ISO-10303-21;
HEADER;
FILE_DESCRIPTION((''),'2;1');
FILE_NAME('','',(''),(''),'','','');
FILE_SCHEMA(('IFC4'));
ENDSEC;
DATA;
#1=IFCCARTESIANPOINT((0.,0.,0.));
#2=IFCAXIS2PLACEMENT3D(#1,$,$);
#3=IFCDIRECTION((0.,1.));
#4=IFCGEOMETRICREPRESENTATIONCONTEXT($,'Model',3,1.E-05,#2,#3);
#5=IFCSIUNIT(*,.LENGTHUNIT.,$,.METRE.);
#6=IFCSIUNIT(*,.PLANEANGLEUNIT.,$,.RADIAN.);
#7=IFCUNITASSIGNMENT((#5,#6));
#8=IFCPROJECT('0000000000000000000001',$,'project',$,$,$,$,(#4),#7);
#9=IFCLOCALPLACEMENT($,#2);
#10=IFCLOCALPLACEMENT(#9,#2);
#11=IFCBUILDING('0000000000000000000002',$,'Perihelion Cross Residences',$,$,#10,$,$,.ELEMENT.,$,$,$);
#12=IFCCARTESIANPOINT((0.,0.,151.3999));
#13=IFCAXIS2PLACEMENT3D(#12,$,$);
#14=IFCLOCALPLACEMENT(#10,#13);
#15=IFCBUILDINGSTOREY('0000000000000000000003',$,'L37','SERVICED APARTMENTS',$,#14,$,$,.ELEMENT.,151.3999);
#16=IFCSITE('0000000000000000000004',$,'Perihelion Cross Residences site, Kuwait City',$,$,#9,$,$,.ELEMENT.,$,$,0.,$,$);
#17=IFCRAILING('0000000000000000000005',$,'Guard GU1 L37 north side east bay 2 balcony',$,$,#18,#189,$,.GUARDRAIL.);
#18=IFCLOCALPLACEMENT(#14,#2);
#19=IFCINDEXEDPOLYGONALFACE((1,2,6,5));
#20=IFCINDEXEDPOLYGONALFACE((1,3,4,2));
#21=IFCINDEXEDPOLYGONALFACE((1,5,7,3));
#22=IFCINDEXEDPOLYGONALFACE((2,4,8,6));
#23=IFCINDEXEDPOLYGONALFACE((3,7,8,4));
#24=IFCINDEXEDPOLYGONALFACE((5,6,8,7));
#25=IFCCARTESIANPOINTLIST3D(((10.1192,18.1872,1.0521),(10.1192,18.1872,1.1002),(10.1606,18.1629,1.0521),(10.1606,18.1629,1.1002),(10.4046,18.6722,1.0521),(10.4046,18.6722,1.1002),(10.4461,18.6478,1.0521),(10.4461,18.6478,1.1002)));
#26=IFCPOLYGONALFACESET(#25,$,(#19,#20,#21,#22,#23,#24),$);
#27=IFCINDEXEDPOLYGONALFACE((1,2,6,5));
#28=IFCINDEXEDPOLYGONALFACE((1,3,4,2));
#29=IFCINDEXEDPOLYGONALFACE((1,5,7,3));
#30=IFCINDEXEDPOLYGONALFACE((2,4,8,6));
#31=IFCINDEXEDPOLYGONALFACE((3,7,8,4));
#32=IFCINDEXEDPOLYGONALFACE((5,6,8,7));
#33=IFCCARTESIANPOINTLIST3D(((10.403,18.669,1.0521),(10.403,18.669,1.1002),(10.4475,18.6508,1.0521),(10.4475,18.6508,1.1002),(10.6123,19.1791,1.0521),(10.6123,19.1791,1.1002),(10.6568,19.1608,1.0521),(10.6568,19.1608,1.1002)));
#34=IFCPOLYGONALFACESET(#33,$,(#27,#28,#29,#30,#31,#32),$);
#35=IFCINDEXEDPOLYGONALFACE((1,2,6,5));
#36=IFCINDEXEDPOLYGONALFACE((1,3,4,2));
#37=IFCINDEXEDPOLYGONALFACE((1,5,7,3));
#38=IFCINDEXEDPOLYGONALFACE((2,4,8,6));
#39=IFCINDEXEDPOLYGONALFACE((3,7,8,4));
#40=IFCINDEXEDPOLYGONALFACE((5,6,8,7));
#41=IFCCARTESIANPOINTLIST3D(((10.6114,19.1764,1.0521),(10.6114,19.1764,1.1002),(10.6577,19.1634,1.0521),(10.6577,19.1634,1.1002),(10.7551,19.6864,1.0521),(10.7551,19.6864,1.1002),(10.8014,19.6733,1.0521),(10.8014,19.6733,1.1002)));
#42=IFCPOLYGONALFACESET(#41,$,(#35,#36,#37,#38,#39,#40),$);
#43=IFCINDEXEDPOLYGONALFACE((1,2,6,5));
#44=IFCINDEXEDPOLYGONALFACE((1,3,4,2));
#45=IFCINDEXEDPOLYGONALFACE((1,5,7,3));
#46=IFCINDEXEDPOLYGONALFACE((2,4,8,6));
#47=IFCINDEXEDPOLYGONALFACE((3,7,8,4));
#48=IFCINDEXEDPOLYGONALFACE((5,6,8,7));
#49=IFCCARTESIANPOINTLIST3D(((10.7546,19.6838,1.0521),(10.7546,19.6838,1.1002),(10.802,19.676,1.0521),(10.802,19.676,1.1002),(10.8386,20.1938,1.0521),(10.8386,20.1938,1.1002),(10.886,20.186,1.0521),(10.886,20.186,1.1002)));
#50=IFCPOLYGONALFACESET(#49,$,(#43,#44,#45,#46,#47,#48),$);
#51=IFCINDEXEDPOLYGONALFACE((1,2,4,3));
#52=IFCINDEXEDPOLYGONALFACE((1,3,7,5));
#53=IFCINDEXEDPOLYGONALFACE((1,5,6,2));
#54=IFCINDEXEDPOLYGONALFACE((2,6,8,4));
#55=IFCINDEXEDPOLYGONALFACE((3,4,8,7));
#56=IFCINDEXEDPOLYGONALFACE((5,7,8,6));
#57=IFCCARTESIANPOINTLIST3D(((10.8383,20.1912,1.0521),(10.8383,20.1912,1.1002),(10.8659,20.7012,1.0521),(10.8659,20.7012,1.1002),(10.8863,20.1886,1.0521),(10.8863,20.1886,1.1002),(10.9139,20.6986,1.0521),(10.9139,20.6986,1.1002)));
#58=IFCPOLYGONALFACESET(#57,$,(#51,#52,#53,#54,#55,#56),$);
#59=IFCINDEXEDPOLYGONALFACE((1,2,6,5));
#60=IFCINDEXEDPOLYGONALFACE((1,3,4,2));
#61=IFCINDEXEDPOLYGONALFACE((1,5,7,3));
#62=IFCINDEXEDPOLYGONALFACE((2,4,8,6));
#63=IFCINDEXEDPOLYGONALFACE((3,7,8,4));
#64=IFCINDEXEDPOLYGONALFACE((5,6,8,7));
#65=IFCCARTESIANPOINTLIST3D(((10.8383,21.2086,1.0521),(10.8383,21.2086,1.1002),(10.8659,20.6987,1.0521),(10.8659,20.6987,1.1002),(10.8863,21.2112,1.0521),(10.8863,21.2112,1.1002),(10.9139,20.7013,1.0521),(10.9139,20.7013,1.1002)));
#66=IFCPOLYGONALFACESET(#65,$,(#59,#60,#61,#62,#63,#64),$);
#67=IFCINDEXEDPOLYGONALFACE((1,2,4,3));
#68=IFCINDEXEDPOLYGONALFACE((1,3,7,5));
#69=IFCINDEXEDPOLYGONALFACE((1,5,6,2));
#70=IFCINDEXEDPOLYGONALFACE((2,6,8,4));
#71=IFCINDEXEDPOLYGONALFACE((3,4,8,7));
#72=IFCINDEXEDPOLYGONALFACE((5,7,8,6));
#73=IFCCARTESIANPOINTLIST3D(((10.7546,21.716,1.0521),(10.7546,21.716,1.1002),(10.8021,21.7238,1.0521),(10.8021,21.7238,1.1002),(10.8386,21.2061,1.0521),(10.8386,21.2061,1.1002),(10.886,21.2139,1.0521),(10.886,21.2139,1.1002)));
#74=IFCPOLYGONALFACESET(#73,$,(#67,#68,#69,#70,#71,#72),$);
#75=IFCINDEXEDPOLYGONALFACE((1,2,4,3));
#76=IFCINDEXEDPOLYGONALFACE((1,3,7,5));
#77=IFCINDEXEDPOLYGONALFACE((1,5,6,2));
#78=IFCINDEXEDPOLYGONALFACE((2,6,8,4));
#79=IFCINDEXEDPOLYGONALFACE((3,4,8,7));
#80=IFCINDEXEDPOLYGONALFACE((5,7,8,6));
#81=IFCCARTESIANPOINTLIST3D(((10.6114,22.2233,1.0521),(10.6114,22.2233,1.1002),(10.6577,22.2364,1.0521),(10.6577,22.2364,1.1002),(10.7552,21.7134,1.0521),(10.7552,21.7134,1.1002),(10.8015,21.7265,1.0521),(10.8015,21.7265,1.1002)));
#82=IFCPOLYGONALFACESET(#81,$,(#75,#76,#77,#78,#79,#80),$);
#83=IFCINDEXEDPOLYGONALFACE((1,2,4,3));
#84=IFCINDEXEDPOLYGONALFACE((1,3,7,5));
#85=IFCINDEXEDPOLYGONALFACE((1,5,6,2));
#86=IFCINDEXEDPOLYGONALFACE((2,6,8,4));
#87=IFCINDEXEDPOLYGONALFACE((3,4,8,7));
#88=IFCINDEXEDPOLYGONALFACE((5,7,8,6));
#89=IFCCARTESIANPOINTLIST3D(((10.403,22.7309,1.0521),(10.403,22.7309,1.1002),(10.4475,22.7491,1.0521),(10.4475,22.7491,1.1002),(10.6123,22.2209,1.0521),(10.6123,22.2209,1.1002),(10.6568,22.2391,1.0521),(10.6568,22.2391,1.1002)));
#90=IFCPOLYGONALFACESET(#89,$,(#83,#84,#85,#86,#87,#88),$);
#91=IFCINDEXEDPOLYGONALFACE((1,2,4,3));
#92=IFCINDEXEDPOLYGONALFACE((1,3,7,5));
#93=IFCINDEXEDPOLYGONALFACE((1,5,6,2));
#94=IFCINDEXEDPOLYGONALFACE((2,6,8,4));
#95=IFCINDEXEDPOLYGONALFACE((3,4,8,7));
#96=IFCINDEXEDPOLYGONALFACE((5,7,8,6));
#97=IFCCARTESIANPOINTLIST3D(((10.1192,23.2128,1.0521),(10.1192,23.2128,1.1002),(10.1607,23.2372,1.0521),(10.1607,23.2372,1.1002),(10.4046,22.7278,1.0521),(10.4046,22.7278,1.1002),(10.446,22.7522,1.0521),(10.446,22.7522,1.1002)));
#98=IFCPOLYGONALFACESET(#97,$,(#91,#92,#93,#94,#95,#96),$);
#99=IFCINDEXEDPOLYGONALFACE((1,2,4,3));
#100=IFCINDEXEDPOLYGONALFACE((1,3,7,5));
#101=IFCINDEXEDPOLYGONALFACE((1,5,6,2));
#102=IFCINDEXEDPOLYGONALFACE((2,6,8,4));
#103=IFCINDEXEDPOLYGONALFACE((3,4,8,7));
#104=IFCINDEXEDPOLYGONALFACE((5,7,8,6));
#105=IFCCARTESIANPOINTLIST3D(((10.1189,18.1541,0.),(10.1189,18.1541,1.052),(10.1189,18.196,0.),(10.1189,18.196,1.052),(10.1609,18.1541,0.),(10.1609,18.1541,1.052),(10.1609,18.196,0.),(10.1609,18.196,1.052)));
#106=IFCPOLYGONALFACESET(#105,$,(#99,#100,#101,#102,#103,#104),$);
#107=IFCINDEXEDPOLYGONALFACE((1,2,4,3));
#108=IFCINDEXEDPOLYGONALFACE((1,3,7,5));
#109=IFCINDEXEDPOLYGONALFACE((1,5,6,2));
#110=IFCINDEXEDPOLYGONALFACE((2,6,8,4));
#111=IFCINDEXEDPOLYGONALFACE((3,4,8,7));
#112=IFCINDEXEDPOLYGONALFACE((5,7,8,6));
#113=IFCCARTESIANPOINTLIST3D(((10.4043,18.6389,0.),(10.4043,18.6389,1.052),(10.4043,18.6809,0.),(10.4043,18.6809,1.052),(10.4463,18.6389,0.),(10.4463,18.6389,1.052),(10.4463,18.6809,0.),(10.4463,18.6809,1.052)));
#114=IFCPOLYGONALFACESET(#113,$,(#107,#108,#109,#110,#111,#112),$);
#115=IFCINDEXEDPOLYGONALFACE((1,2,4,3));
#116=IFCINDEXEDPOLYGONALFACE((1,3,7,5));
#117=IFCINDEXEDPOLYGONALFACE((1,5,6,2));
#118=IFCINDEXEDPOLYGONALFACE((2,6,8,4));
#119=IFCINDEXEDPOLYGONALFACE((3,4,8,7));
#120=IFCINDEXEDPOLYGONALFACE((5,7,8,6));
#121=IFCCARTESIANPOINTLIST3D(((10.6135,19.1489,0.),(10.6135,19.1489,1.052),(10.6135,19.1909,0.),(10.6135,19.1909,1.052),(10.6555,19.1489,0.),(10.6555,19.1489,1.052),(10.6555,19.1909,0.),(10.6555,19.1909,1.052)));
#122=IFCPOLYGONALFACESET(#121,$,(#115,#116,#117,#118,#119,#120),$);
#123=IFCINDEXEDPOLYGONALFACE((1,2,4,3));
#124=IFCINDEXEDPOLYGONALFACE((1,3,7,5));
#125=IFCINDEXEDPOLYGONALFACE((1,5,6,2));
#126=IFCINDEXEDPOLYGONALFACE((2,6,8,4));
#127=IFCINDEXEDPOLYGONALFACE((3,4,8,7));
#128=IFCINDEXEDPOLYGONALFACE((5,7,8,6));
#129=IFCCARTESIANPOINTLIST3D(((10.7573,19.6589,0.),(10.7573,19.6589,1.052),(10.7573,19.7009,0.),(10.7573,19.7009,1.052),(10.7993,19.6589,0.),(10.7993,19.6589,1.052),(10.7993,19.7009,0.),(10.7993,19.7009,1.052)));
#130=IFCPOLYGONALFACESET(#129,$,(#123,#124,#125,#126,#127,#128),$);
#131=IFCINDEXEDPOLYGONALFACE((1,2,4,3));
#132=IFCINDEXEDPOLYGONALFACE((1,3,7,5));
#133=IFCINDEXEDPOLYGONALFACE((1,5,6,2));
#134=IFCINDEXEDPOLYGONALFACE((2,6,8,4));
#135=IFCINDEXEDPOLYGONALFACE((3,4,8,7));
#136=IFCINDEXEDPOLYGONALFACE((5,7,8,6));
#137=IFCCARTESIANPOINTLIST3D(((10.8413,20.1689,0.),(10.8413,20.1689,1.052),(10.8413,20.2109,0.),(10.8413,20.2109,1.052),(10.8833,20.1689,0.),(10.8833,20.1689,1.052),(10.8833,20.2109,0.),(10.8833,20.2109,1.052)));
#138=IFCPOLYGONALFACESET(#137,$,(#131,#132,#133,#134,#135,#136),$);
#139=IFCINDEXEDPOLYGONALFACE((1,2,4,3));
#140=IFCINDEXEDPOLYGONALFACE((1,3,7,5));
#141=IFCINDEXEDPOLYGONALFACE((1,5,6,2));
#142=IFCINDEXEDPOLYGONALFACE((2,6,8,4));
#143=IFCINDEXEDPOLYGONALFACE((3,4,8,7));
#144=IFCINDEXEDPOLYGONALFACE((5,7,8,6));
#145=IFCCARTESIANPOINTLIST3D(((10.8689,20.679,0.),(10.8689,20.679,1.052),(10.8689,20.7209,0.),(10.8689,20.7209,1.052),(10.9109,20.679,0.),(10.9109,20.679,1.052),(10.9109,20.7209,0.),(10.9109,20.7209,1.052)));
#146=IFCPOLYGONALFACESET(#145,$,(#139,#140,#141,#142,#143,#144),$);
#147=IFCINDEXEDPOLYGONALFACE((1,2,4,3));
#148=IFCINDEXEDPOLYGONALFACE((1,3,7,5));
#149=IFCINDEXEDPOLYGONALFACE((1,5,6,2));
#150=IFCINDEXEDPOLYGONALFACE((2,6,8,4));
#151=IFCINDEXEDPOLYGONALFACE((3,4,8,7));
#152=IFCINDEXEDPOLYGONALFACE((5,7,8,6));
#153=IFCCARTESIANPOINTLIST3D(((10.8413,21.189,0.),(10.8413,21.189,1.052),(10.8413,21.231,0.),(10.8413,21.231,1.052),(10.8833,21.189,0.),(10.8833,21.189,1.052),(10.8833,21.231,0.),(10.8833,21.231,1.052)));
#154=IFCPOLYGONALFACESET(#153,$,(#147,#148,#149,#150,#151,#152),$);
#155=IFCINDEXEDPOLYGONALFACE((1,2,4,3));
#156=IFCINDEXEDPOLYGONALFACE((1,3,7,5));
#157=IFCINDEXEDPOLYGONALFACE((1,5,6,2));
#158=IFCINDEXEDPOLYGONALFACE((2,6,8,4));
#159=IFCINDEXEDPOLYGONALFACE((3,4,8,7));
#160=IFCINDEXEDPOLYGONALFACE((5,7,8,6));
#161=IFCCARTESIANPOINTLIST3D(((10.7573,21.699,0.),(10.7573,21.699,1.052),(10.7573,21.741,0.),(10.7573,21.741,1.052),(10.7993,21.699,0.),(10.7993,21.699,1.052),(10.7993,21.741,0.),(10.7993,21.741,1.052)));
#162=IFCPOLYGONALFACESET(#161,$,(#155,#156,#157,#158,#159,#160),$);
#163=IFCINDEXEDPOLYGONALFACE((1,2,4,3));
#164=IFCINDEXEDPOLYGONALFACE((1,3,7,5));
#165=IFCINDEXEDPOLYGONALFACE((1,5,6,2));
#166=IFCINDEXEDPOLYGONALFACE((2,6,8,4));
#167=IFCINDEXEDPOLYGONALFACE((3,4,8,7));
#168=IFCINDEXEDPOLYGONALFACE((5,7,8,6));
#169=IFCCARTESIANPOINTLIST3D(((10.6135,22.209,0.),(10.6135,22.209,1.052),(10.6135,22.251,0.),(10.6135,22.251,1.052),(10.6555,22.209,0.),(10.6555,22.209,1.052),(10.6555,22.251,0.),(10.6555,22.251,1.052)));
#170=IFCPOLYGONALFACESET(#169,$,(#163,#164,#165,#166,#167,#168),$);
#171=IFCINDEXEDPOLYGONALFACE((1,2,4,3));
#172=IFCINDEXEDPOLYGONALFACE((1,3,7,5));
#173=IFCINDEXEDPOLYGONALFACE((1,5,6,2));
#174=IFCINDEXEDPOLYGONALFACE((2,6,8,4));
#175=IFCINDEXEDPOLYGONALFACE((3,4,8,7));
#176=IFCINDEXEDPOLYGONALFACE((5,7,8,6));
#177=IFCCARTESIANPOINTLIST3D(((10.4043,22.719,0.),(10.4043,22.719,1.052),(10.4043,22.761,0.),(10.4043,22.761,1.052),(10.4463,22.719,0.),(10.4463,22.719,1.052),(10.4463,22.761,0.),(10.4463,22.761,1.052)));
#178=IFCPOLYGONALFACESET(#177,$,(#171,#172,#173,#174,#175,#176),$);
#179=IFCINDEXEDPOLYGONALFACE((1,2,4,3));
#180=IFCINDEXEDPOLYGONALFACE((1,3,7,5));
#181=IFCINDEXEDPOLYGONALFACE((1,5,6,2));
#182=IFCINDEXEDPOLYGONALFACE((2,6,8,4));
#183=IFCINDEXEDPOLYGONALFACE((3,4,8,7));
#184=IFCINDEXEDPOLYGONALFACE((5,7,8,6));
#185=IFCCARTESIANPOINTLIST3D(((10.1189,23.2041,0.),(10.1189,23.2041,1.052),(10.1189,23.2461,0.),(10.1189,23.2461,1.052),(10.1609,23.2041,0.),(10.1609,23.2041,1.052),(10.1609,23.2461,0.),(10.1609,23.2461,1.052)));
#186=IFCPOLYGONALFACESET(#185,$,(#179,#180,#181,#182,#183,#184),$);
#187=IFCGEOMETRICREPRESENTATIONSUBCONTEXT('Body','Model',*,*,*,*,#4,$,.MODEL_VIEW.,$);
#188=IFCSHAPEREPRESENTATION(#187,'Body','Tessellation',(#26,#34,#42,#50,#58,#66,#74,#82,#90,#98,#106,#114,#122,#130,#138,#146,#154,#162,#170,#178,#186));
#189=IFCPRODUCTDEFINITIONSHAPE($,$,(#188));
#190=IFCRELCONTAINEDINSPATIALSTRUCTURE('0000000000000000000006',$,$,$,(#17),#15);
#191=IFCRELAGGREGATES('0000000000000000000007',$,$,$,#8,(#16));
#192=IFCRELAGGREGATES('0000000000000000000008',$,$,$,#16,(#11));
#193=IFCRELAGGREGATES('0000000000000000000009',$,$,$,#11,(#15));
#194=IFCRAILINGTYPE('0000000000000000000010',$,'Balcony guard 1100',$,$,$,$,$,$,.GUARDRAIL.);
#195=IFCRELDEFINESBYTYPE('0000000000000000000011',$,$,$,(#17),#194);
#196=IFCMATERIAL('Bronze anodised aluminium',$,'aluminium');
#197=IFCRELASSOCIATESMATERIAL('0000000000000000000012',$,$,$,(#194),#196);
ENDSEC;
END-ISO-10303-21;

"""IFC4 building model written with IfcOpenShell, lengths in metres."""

from ifc_helpers import new_model, si_unit, direction, frame, origin, origin_2d, place, context, subcontext, project, spatial, rectangle, extrude, material, type_object, element, save


model = new_model("IFC4")

# Units and contexts
model_context = context("Model", 3, precision=1e-05, world=origin(), true_north=direction((0.0, 1.0)))
body_context = subcontext(model_context, "Body", "Model", "MODEL_VIEW")
ifc_project = project(units=[si_unit("LENGTHUNIT", "METRE"), si_unit("PLANEANGLEUNIT", "RADIAN")], contexts=[model_context])

# Site, building, storey
site_placement = place(None, origin())
site = spatial("IfcSite", under=ifc_project, at=site_placement, Name="Perihelion Cross Residences site, Kuwait City", CompositionType="ELEMENT", RefElevation=0.0)
building_placement = place(site_placement, origin())
building = spatial("IfcBuilding", under=site, at=building_placement, Name="Perihelion Cross Residences", CompositionType="ELEMENT")
storey_placement = place(building_placement, frame((0.0, 0.0, 151.3999)))
storey = spatial("IfcBuildingStorey", under=building, at=storey_placement, Name="L37", Description="SERVICED APARTMENTS", CompositionType="ELEMENT", Elevation=151.3999)

# Railing
ifc_material_1 = material(Name="Bronze anodised aluminium", Category="aluminium")
railing_type = type_object("IfcRailingType", Name="Balcony guard 1100", PredefinedType="GUARDRAIL", material=ifc_material_1)
railing_1_placement = place(storey_placement, frame((10.1399, 18.175, 0.0)))
element("IfcRailing", 1, at=railing_1_placement, inside=storey, type_object=railing_type, Name="Guard GU1 L37 north side east bay 2 balcony", PredefinedType="GUARDRAIL", context=body_context, shape_type="SweptSolid", body=[
    extrude(rectangle(XDim=0.0481, YDim=0.0481, at=origin_2d()), frame((0.0, 0.0, 1.0762), z_axis=(0.507267, 0.861789, 0.0), x_axis=(-0.861789, 0.507267, 0.0)), (0.0, 0.0, 1.0), 0.5627),
    extrude(rectangle(XDim=0.0481, YDim=0.0481, at=origin_2d()), frame((0.2854, 0.4849, 1.0762), z_axis=(0.379547, 0.925173, 0.0), x_axis=(-0.925173, 0.379547, 0.0)), (0.0, 0.0, 1.0), 0.5513),
    extrude(rectangle(XDim=0.0481, YDim=0.0481, at=origin_2d()), frame((0.4946, 0.9949, 1.0762), z_axis=(0.271373, 0.962474, 0.0), x_axis=(-0.962474, 0.271373, 0.0)), (0.0, 0.0, 1.0), 0.5298),
    extrude(rectangle(XDim=0.0481, YDim=0.0481, at=origin_2d()), frame((0.6384, 1.5049, 1.0762), z_axis=(0.162484, 0.986711, 0.0), x_axis=(-0.986711, 0.162484, 0.0)), (0.0, 0.0, 1.0), 0.5168),
    extrude(rectangle(XDim=0.0481, YDim=0.0481, at=origin_2d()), frame((0.7224, 2.0149, 1.0762), z_axis=(0.054014, 0.99854, 0.0), x_axis=(-0.99854, 0.054014, 0.0)), (0.0, 0.0, 1.0), 0.5107),
    extrude(rectangle(XDim=0.0481, YDim=0.0481, at=origin_2d()), frame((0.75, 2.5249, 1.0762), z_axis=(-0.054014, 0.99854, 0.0), x_axis=(-0.99854, -0.054014, 0.0)), (0.0, 0.0, 1.0), 0.5107),
    extrude(rectangle(XDim=0.0481, YDim=0.0481, at=origin_2d()), frame((0.7224, 3.0349, 1.0762), z_axis=(-0.162484, 0.986711, 0.0), x_axis=(-0.986711, -0.162484, 0.0)), (0.0, 0.0, 1.0), 0.5168),
    extrude(rectangle(XDim=0.0481, YDim=0.0481, at=origin_2d()), frame((0.6384, 3.5449, 1.0762), z_axis=(-0.271373, 0.962474, 0.0), x_axis=(-0.962474, -0.271373, 0.0)), (0.0, 0.0, 1.0), 0.5298),
    extrude(rectangle(XDim=0.0481, YDim=0.0481, at=origin_2d()), frame((0.4946, 4.0549, 1.0762), z_axis=(-0.379547, 0.925173, 0.0), x_axis=(-0.925173, -0.379547, 0.0)), (0.0, 0.0, 1.0), 0.5513),
    extrude(rectangle(XDim=0.0481, YDim=0.0481, at=origin_2d()), frame((0.2854, 4.5649, 1.0762), z_axis=(-0.507077, 0.861901, 0.0), x_axis=(-0.861901, -0.507077, 0.0)), (0.0, 0.0, 1.0), 0.5627),
    extrude(rectangle(XDim=0.042, YDim=0.042, at=origin_2d()), origin(), (0.0, 0.0, 1.0), 1.052),
    extrude(rectangle(XDim=0.042, YDim=0.042, at=origin_2d()), frame((0.2854, 0.4849, 0.0)), (0.0, 0.0, 1.0), 1.052),
    extrude(rectangle(XDim=0.042, YDim=0.042, at=origin_2d()), frame((0.4946, 0.9949, 0.0)), (0.0, 0.0, 1.0), 1.052),
    extrude(rectangle(XDim=0.042, YDim=0.042, at=origin_2d()), frame((0.6384, 1.5049, 0.0)), (0.0, 0.0, 1.0), 1.052),
    extrude(rectangle(XDim=0.042, YDim=0.042, at=origin_2d()), frame((0.7224, 2.0149, 0.0)), (0.0, 0.0, 1.0), 1.052),
    extrude(rectangle(XDim=0.042, YDim=0.042, at=origin_2d()), frame((0.75, 2.5249, 0.0)), (0.0, 0.0, 1.0), 1.052),
    extrude(rectangle(XDim=0.042, YDim=0.042, at=origin_2d()), frame((0.7224, 3.0349, 0.0)), (0.0, 0.0, 1.0), 1.052),
    extrude(rectangle(XDim=0.042, YDim=0.042, at=origin_2d()), frame((0.6384, 3.5449, 0.0)), (0.0, 0.0, 1.0), 1.052),
    extrude(rectangle(XDim=0.042, YDim=0.042, at=origin_2d()), frame((0.4946, 4.0549, 0.0)), (0.0, 0.0, 1.0), 1.052),
    extrude(rectangle(XDim=0.042, YDim=0.042, at=origin_2d()), frame((0.2854, 4.5649, 0.0)), (0.0, 0.0, 1.0), 1.052),
    extrude(rectangle(XDim=0.042, YDim=0.042, at=origin_2d()), frame((0.0, 5.05, 0.0)), (0.0, 0.0, 1.0), 1.052),
])

save(model, "model.ifc")
